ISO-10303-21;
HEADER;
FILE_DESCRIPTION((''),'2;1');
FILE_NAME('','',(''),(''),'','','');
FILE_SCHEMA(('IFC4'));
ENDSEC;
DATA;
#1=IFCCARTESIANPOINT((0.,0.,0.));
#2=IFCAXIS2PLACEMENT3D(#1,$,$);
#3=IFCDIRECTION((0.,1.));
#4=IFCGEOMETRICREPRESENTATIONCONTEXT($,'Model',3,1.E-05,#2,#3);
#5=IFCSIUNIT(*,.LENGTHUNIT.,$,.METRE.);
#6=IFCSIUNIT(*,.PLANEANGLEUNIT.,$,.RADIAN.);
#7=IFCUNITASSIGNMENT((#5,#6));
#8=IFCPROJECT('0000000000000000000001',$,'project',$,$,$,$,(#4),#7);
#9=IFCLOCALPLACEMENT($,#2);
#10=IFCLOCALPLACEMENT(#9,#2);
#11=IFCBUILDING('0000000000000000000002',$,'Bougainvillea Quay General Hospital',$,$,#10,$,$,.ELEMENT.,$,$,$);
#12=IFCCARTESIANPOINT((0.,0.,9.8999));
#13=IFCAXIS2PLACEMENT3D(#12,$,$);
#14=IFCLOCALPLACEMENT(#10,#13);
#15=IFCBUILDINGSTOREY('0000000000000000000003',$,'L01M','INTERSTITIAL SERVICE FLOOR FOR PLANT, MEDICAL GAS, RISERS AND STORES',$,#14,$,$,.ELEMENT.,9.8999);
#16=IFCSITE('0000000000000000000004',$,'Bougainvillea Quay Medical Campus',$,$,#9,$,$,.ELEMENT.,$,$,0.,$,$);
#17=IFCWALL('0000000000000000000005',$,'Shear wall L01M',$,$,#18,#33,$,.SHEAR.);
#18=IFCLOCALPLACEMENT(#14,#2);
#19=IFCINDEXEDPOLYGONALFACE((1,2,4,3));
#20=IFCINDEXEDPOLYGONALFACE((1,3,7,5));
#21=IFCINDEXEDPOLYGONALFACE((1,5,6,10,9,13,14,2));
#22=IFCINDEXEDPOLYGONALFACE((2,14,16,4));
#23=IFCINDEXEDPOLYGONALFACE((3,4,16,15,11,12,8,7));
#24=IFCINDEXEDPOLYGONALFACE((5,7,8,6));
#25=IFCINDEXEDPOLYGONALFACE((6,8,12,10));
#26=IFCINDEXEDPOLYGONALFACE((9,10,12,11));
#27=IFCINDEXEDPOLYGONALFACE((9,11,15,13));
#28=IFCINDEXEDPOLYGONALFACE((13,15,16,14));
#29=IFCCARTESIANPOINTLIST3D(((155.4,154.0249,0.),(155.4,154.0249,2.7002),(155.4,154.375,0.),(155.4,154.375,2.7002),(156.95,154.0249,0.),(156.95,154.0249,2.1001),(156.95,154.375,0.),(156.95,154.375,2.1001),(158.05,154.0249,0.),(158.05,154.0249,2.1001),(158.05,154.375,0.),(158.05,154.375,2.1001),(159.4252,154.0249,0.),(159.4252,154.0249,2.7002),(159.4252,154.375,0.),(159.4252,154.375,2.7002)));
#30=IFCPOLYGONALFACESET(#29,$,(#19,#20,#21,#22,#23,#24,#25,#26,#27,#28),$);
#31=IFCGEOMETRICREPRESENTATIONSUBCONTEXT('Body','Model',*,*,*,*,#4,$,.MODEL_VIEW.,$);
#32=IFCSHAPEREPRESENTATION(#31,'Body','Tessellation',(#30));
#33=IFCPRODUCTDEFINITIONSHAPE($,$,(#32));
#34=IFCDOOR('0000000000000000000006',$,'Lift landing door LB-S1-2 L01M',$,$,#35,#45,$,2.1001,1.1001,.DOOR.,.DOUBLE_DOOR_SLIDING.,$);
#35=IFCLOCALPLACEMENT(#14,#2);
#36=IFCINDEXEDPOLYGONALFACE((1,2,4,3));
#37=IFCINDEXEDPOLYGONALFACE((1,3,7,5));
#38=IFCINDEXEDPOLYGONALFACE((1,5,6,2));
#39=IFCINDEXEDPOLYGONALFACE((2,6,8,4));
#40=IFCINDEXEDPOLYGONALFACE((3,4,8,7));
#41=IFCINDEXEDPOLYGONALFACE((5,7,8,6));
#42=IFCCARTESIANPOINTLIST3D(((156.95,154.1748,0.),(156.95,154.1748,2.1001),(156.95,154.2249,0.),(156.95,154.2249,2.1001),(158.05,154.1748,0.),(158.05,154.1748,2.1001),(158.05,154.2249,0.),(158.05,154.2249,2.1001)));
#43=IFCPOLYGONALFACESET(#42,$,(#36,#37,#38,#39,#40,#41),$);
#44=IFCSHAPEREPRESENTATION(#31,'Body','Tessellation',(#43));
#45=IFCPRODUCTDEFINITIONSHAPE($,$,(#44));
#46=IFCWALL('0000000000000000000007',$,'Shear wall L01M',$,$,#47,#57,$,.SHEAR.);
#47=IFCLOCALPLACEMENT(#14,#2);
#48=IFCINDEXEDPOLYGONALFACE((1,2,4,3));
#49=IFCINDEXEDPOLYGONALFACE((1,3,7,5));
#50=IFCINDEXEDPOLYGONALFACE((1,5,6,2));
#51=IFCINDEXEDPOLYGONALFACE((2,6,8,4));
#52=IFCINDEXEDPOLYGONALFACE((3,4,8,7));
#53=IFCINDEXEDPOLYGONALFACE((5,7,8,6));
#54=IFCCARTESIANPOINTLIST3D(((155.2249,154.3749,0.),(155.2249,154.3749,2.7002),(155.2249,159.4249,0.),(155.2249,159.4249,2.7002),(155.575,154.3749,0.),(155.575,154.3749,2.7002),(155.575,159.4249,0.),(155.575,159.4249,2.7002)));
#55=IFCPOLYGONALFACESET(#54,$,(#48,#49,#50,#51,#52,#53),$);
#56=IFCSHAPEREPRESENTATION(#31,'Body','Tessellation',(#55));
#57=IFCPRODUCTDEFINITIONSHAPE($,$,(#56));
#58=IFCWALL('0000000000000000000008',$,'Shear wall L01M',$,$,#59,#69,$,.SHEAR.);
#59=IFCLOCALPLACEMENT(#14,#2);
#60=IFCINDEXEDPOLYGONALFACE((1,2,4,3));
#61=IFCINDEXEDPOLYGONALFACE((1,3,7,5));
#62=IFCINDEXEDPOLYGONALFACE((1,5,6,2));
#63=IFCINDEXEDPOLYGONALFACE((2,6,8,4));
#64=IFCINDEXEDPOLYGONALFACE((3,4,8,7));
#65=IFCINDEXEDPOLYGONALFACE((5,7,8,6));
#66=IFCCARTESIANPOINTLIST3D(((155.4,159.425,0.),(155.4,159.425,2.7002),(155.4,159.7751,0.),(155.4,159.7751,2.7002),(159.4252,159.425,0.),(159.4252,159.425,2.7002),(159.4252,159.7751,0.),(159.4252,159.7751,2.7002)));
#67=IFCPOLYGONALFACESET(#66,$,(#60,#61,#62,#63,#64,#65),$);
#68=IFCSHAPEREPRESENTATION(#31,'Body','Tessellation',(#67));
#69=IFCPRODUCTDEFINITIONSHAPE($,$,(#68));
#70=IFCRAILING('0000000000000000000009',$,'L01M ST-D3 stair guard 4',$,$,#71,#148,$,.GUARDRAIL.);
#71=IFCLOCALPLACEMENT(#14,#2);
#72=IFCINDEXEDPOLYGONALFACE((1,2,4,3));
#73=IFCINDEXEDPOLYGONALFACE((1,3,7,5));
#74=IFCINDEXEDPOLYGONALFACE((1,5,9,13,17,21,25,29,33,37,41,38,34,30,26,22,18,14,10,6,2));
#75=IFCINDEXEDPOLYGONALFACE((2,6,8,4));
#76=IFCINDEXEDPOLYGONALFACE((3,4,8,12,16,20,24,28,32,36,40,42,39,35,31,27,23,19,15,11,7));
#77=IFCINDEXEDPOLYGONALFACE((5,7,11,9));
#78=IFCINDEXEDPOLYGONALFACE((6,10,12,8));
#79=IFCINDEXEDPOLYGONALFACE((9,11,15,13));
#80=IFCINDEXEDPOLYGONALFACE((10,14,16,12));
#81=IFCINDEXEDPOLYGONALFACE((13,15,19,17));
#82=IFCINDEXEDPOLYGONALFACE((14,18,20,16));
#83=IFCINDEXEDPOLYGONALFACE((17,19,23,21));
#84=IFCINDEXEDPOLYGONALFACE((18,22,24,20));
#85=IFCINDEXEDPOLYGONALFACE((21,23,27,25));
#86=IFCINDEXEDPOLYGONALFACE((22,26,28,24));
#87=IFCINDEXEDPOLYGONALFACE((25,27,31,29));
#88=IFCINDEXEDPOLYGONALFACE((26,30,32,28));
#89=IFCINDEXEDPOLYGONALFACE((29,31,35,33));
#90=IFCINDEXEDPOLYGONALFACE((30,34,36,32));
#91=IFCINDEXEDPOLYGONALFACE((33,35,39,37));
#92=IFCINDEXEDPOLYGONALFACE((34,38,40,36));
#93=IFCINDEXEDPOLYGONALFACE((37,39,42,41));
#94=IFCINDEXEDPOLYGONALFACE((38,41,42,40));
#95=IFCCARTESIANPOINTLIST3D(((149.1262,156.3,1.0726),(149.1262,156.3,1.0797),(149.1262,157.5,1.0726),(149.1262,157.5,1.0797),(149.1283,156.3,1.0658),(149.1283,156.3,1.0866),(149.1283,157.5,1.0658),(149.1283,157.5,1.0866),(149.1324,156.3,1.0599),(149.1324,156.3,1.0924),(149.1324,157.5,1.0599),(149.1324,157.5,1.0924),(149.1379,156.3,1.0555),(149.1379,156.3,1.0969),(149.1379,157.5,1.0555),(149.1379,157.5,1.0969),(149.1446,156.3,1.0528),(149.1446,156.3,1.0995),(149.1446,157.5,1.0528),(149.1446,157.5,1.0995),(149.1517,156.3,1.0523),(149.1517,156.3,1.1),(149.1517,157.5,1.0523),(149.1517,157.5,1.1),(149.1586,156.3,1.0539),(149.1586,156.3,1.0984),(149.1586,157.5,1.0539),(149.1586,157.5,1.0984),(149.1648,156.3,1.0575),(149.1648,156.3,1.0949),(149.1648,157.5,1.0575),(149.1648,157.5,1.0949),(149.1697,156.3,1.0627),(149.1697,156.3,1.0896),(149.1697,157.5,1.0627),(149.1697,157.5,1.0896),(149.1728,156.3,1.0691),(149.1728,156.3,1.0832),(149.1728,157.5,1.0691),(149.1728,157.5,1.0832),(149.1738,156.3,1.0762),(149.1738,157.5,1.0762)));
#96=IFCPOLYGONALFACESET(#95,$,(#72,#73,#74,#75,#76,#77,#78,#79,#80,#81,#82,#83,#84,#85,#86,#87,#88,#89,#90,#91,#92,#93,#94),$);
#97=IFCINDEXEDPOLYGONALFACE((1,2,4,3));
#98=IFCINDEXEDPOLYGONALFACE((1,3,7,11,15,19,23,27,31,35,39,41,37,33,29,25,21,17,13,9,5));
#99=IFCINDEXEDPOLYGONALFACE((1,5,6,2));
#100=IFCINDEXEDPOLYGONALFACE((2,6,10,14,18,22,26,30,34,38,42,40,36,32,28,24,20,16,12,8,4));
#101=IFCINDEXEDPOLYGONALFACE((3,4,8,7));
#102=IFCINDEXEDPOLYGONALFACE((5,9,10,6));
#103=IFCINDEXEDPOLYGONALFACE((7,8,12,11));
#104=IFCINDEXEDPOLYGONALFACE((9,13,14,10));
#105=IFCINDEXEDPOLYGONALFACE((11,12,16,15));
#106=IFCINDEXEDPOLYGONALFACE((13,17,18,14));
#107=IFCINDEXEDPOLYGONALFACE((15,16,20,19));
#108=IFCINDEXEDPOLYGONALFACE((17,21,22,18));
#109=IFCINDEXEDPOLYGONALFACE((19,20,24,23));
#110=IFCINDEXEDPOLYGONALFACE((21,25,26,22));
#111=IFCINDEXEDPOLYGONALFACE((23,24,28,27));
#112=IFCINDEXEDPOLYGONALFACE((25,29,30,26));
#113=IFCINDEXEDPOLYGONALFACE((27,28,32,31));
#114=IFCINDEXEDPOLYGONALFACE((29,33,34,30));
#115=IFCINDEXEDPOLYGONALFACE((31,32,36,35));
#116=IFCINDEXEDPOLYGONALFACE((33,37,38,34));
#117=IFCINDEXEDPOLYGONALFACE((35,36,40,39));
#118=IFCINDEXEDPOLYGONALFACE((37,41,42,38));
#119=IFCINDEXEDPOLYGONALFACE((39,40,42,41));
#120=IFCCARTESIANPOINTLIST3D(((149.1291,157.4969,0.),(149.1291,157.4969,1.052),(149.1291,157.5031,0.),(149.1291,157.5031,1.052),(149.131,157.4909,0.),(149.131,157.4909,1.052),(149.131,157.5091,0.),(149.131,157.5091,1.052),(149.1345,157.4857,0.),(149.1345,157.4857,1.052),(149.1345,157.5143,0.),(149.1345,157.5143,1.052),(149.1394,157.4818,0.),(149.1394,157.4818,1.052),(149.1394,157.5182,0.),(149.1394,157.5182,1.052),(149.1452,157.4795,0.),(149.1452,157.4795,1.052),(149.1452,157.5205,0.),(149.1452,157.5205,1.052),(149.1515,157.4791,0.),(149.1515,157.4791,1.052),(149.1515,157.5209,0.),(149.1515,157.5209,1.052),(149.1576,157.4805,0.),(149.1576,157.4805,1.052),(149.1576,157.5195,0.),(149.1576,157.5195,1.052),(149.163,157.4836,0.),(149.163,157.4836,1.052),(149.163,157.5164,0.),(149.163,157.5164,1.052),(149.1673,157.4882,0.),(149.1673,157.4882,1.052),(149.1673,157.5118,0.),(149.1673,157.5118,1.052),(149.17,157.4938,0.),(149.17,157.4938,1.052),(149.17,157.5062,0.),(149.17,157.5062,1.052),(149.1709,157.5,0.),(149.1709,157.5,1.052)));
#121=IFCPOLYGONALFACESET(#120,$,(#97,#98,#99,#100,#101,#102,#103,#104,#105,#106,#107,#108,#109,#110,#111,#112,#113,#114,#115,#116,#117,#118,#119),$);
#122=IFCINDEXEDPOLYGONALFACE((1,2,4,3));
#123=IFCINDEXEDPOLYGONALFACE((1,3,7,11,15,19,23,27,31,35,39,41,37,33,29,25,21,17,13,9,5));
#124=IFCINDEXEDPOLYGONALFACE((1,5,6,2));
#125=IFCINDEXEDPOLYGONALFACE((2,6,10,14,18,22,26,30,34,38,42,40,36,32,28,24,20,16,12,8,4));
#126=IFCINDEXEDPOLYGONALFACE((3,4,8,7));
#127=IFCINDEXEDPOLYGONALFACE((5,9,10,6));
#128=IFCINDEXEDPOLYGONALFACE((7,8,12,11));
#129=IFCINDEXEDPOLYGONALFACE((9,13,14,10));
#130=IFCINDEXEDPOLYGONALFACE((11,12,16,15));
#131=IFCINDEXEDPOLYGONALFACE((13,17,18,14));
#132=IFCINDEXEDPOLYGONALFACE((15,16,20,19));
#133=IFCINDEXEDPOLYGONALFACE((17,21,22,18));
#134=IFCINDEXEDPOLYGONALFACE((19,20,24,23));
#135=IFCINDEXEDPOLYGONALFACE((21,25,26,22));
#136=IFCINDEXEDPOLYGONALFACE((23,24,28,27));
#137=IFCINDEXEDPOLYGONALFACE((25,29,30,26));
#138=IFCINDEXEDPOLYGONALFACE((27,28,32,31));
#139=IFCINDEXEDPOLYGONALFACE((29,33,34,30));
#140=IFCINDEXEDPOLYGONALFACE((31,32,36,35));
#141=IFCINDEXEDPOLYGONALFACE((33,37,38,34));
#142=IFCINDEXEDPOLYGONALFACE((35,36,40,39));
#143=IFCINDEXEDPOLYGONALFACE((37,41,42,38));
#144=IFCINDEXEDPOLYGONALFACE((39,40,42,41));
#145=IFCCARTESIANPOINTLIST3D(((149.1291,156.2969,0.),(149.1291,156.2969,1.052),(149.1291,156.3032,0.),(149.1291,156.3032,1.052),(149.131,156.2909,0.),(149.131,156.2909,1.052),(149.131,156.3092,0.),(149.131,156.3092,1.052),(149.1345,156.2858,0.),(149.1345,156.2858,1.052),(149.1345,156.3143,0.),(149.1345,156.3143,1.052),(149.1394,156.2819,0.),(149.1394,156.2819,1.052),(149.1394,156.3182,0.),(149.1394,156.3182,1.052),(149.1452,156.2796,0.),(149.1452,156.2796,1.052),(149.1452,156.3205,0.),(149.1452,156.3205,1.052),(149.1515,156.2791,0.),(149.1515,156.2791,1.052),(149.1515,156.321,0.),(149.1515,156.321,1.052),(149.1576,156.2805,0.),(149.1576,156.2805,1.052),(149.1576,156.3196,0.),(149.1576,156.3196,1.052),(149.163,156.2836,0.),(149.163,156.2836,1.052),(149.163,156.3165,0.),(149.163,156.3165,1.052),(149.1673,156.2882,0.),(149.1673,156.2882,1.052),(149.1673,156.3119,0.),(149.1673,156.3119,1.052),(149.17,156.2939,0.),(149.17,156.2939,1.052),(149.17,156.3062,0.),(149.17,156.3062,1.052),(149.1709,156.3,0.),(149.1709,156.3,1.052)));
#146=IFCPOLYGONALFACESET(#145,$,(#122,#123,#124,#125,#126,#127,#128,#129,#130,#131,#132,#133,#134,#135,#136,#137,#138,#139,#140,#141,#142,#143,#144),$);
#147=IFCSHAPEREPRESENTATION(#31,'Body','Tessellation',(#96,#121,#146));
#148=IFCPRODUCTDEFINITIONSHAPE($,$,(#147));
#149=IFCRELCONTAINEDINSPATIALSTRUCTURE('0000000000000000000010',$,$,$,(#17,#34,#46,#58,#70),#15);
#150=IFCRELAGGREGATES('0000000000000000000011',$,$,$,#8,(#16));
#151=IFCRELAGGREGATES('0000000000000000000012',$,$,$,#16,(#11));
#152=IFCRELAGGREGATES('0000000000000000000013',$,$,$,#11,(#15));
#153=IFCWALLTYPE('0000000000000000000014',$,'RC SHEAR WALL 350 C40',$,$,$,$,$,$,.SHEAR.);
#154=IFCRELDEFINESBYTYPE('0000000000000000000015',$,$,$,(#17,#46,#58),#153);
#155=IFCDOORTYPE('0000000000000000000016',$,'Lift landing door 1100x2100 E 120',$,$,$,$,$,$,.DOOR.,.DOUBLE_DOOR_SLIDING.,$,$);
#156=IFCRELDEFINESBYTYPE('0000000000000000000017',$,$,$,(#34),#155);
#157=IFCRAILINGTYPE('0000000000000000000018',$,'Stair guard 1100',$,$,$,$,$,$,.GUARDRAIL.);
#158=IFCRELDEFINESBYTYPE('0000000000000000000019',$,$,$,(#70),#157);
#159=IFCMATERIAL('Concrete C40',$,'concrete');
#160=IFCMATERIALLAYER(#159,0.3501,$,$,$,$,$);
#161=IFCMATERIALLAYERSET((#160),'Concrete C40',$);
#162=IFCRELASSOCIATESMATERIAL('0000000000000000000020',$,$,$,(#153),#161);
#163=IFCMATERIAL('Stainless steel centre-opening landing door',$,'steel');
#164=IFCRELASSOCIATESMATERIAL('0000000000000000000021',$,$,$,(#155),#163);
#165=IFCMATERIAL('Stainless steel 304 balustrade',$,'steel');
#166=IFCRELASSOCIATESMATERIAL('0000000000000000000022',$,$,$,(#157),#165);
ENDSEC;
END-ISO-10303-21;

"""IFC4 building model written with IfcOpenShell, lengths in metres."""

from ifc_helpers import new_model, si_unit, direction, frame, frame_2d, origin, origin_2d, place, context, subcontext, project, spatial, rectangle, circle, extrude, material, layer, layer_set, type_object, element, fill, save


model = new_model("IFC4")

# Units and contexts
model_context = context("Model", 3, precision=1e-05, world=origin(), true_north=direction((0.0, 1.0)))
body_context = subcontext(model_context, "Body", "Model", "MODEL_VIEW")
ifc_project = project(units=[si_unit("LENGTHUNIT", "METRE"), si_unit("PLANEANGLEUNIT", "RADIAN")], contexts=[model_context])

# Site, building, storey
site_placement = place(None, origin())
site = spatial("IfcSite", under=ifc_project, at=site_placement, Name="Bougainvillea Quay Medical Campus", CompositionType="ELEMENT", RefElevation=0.0)
building_placement = place(site_placement, origin())
building = spatial("IfcBuilding", under=site, at=building_placement, Name="Bougainvillea Quay General Hospital", CompositionType="ELEMENT")
storey_placement = place(building_placement, frame((0.0, 0.0, 9.8999)))
storey = spatial("IfcBuildingStorey", under=building, at=storey_placement, Name="L01M", Description="INTERSTITIAL SERVICE FLOOR FOR PLANT, MEDICAL GAS, RISERS AND STORES", CompositionType="ELEMENT", Elevation=9.8999)

# Shared definitions
ifc_material_1 = material(Name="Concrete C40", Category="concrete")
ifc_layer_1 = layer(ifc_material_1, 0.3501)
ifc_layer_set_1 = layer_set([ifc_layer_1], Name="Concrete C40")
wall_type_1 = type_object("IfcWallType", Name="RC SHEAR WALL 350 C40", PredefinedType="SHEAR", material=ifc_layer_set_1)
ifc_material_2 = material(Name="Stainless steel centre-opening landing door", Category="steel")
door_type_1 = type_object("IfcDoorType", Name="Lift landing door 1100x2100 E 120", OperationType="DOUBLE_DOOR_SLIDING", PredefinedType="DOOR", material=ifc_material_2)

# Wall, opening, door
wall_1_placement = place(storey_placement, frame((155.3999, 154.2, 0.0), z_axis=(0.0, 0.0, 1.0), x_axis=(1.0, 0.0, 0.0)))
wall_1 = element("IfcWall", 1, at=wall_1_placement, inside=storey, type_object=wall_type_1, Name="Shear wall L01M", PredefinedType="SHEAR", context=body_context, shape_type="SweptSolid", body=[
    extrude(rectangle(XDim=4.0251, YDim=0.3501, at=frame_2d((2.0127, 0.0))), origin(), (0.0, 0.0, 1.0), 2.7002),
])
opening_1_placement = place(wall_1_placement, frame((1.55, 0.0, 0.0)))
opening_1 = element("IfcOpeningElement", 2, at=opening_1_placement, cuts=wall_1, PredefinedType="OPENING", context=body_context, shape_type="SweptSolid", body=[
    extrude(rectangle(XDim=1.1001, YDim=2.1001, at=frame_2d((0.55, 1.05))), frame((0.0, 0.1851, 0.0), z_axis=(0.0, -1.0, 0.0), x_axis=(1.0, 0.0, 0.0)), (0.0, 0.0, 1.0), 0.3701),
])
door_1_placement = place(opening_1_placement, origin())
door_1 = element("IfcDoor", 3, at=door_1_placement, inside=storey, type_object=door_type_1, Name="Lift landing door LB-S1-2 L01M", OperationType="DOUBLE_DOOR_SLIDING", OverallHeight=2.1001, OverallWidth=1.1001, PredefinedType="DOOR", context=body_context, shape_type="SweptSolid", body=[
    extrude(rectangle(XDim=1.1001, YDim=2.1001, at=frame_2d((0.55, 1.05))), frame((0.0, 0.0249, 0.0), z_axis=(0.0, -1.0, 0.0), x_axis=(1.0, 0.0, 0.0)), (0.0, 0.0, 1.0), 0.05),
])
fill(opening_1, door_1)

# Walls
wall_2_placement = place(storey_placement, frame((155.3999, 154.375, 0.0), z_axis=(0.0, 0.0, 1.0), x_axis=(0.0, 1.0, 0.0)))
element("IfcWall", 4, at=wall_2_placement, inside=storey, type_object=wall_type_1, Name="Shear wall L01M", PredefinedType="SHEAR", context=body_context, shape_type="SweptSolid", body=[
    extrude(rectangle(XDim=5.05, YDim=0.3501, at=frame_2d((2.5249, 0.0))), origin(), (0.0, 0.0, 1.0), 2.7002),
])
wall_3_placement = place(storey_placement, frame((155.3999, 159.6001, 0.0), z_axis=(0.0, 0.0, 1.0), x_axis=(1.0, 0.0, 0.0)))
element("IfcWall", 5, at=wall_3_placement, inside=storey, type_object=wall_type_1, Name="Shear wall L01M", PredefinedType="SHEAR", context=body_context, shape_type="SweptSolid", body=[
    extrude(rectangle(XDim=4.0251, YDim=0.3501, at=frame_2d((2.0127, 0.0))), origin(), (0.0, 0.0, 1.0), 2.7002),
])

# Railing
ifc_material_3 = material(Name="Stainless steel 304 balustrade", Category="steel")
railing_type = type_object("IfcRailingType", Name="Stair guard 1100", PredefinedType="GUARDRAIL", material=ifc_material_3)
railing_placement = place(storey_placement, frame((149.1499, 157.5, 0.0)))
element("IfcRailing", 6, at=railing_placement, inside=storey, type_object=railing_type, Name="L01M ST-D3 stair guard 4", PredefinedType="GUARDRAIL", context=body_context, shape_type="SweptSolid", body=[
    extrude(circle(Radius=0.0239, at=origin_2d()), frame((0.0, 0.0, 1.0762), z_axis=(0.0, -1.0, 0.0), x_axis=(1.0, 0.0, 0.0)), (0.0, 0.0, 1.0), 1.2),
    extrude(circle(Radius=0.021, at=origin_2d()), origin(), (0.0, 0.0, 1.0), 1.052),
    extrude(circle(Radius=0.021, at=origin_2d()), frame((0.0, -1.2, 0.0)), (0.0, 0.0, 1.0), 1.052),
])

save(model, "model.ifc")
